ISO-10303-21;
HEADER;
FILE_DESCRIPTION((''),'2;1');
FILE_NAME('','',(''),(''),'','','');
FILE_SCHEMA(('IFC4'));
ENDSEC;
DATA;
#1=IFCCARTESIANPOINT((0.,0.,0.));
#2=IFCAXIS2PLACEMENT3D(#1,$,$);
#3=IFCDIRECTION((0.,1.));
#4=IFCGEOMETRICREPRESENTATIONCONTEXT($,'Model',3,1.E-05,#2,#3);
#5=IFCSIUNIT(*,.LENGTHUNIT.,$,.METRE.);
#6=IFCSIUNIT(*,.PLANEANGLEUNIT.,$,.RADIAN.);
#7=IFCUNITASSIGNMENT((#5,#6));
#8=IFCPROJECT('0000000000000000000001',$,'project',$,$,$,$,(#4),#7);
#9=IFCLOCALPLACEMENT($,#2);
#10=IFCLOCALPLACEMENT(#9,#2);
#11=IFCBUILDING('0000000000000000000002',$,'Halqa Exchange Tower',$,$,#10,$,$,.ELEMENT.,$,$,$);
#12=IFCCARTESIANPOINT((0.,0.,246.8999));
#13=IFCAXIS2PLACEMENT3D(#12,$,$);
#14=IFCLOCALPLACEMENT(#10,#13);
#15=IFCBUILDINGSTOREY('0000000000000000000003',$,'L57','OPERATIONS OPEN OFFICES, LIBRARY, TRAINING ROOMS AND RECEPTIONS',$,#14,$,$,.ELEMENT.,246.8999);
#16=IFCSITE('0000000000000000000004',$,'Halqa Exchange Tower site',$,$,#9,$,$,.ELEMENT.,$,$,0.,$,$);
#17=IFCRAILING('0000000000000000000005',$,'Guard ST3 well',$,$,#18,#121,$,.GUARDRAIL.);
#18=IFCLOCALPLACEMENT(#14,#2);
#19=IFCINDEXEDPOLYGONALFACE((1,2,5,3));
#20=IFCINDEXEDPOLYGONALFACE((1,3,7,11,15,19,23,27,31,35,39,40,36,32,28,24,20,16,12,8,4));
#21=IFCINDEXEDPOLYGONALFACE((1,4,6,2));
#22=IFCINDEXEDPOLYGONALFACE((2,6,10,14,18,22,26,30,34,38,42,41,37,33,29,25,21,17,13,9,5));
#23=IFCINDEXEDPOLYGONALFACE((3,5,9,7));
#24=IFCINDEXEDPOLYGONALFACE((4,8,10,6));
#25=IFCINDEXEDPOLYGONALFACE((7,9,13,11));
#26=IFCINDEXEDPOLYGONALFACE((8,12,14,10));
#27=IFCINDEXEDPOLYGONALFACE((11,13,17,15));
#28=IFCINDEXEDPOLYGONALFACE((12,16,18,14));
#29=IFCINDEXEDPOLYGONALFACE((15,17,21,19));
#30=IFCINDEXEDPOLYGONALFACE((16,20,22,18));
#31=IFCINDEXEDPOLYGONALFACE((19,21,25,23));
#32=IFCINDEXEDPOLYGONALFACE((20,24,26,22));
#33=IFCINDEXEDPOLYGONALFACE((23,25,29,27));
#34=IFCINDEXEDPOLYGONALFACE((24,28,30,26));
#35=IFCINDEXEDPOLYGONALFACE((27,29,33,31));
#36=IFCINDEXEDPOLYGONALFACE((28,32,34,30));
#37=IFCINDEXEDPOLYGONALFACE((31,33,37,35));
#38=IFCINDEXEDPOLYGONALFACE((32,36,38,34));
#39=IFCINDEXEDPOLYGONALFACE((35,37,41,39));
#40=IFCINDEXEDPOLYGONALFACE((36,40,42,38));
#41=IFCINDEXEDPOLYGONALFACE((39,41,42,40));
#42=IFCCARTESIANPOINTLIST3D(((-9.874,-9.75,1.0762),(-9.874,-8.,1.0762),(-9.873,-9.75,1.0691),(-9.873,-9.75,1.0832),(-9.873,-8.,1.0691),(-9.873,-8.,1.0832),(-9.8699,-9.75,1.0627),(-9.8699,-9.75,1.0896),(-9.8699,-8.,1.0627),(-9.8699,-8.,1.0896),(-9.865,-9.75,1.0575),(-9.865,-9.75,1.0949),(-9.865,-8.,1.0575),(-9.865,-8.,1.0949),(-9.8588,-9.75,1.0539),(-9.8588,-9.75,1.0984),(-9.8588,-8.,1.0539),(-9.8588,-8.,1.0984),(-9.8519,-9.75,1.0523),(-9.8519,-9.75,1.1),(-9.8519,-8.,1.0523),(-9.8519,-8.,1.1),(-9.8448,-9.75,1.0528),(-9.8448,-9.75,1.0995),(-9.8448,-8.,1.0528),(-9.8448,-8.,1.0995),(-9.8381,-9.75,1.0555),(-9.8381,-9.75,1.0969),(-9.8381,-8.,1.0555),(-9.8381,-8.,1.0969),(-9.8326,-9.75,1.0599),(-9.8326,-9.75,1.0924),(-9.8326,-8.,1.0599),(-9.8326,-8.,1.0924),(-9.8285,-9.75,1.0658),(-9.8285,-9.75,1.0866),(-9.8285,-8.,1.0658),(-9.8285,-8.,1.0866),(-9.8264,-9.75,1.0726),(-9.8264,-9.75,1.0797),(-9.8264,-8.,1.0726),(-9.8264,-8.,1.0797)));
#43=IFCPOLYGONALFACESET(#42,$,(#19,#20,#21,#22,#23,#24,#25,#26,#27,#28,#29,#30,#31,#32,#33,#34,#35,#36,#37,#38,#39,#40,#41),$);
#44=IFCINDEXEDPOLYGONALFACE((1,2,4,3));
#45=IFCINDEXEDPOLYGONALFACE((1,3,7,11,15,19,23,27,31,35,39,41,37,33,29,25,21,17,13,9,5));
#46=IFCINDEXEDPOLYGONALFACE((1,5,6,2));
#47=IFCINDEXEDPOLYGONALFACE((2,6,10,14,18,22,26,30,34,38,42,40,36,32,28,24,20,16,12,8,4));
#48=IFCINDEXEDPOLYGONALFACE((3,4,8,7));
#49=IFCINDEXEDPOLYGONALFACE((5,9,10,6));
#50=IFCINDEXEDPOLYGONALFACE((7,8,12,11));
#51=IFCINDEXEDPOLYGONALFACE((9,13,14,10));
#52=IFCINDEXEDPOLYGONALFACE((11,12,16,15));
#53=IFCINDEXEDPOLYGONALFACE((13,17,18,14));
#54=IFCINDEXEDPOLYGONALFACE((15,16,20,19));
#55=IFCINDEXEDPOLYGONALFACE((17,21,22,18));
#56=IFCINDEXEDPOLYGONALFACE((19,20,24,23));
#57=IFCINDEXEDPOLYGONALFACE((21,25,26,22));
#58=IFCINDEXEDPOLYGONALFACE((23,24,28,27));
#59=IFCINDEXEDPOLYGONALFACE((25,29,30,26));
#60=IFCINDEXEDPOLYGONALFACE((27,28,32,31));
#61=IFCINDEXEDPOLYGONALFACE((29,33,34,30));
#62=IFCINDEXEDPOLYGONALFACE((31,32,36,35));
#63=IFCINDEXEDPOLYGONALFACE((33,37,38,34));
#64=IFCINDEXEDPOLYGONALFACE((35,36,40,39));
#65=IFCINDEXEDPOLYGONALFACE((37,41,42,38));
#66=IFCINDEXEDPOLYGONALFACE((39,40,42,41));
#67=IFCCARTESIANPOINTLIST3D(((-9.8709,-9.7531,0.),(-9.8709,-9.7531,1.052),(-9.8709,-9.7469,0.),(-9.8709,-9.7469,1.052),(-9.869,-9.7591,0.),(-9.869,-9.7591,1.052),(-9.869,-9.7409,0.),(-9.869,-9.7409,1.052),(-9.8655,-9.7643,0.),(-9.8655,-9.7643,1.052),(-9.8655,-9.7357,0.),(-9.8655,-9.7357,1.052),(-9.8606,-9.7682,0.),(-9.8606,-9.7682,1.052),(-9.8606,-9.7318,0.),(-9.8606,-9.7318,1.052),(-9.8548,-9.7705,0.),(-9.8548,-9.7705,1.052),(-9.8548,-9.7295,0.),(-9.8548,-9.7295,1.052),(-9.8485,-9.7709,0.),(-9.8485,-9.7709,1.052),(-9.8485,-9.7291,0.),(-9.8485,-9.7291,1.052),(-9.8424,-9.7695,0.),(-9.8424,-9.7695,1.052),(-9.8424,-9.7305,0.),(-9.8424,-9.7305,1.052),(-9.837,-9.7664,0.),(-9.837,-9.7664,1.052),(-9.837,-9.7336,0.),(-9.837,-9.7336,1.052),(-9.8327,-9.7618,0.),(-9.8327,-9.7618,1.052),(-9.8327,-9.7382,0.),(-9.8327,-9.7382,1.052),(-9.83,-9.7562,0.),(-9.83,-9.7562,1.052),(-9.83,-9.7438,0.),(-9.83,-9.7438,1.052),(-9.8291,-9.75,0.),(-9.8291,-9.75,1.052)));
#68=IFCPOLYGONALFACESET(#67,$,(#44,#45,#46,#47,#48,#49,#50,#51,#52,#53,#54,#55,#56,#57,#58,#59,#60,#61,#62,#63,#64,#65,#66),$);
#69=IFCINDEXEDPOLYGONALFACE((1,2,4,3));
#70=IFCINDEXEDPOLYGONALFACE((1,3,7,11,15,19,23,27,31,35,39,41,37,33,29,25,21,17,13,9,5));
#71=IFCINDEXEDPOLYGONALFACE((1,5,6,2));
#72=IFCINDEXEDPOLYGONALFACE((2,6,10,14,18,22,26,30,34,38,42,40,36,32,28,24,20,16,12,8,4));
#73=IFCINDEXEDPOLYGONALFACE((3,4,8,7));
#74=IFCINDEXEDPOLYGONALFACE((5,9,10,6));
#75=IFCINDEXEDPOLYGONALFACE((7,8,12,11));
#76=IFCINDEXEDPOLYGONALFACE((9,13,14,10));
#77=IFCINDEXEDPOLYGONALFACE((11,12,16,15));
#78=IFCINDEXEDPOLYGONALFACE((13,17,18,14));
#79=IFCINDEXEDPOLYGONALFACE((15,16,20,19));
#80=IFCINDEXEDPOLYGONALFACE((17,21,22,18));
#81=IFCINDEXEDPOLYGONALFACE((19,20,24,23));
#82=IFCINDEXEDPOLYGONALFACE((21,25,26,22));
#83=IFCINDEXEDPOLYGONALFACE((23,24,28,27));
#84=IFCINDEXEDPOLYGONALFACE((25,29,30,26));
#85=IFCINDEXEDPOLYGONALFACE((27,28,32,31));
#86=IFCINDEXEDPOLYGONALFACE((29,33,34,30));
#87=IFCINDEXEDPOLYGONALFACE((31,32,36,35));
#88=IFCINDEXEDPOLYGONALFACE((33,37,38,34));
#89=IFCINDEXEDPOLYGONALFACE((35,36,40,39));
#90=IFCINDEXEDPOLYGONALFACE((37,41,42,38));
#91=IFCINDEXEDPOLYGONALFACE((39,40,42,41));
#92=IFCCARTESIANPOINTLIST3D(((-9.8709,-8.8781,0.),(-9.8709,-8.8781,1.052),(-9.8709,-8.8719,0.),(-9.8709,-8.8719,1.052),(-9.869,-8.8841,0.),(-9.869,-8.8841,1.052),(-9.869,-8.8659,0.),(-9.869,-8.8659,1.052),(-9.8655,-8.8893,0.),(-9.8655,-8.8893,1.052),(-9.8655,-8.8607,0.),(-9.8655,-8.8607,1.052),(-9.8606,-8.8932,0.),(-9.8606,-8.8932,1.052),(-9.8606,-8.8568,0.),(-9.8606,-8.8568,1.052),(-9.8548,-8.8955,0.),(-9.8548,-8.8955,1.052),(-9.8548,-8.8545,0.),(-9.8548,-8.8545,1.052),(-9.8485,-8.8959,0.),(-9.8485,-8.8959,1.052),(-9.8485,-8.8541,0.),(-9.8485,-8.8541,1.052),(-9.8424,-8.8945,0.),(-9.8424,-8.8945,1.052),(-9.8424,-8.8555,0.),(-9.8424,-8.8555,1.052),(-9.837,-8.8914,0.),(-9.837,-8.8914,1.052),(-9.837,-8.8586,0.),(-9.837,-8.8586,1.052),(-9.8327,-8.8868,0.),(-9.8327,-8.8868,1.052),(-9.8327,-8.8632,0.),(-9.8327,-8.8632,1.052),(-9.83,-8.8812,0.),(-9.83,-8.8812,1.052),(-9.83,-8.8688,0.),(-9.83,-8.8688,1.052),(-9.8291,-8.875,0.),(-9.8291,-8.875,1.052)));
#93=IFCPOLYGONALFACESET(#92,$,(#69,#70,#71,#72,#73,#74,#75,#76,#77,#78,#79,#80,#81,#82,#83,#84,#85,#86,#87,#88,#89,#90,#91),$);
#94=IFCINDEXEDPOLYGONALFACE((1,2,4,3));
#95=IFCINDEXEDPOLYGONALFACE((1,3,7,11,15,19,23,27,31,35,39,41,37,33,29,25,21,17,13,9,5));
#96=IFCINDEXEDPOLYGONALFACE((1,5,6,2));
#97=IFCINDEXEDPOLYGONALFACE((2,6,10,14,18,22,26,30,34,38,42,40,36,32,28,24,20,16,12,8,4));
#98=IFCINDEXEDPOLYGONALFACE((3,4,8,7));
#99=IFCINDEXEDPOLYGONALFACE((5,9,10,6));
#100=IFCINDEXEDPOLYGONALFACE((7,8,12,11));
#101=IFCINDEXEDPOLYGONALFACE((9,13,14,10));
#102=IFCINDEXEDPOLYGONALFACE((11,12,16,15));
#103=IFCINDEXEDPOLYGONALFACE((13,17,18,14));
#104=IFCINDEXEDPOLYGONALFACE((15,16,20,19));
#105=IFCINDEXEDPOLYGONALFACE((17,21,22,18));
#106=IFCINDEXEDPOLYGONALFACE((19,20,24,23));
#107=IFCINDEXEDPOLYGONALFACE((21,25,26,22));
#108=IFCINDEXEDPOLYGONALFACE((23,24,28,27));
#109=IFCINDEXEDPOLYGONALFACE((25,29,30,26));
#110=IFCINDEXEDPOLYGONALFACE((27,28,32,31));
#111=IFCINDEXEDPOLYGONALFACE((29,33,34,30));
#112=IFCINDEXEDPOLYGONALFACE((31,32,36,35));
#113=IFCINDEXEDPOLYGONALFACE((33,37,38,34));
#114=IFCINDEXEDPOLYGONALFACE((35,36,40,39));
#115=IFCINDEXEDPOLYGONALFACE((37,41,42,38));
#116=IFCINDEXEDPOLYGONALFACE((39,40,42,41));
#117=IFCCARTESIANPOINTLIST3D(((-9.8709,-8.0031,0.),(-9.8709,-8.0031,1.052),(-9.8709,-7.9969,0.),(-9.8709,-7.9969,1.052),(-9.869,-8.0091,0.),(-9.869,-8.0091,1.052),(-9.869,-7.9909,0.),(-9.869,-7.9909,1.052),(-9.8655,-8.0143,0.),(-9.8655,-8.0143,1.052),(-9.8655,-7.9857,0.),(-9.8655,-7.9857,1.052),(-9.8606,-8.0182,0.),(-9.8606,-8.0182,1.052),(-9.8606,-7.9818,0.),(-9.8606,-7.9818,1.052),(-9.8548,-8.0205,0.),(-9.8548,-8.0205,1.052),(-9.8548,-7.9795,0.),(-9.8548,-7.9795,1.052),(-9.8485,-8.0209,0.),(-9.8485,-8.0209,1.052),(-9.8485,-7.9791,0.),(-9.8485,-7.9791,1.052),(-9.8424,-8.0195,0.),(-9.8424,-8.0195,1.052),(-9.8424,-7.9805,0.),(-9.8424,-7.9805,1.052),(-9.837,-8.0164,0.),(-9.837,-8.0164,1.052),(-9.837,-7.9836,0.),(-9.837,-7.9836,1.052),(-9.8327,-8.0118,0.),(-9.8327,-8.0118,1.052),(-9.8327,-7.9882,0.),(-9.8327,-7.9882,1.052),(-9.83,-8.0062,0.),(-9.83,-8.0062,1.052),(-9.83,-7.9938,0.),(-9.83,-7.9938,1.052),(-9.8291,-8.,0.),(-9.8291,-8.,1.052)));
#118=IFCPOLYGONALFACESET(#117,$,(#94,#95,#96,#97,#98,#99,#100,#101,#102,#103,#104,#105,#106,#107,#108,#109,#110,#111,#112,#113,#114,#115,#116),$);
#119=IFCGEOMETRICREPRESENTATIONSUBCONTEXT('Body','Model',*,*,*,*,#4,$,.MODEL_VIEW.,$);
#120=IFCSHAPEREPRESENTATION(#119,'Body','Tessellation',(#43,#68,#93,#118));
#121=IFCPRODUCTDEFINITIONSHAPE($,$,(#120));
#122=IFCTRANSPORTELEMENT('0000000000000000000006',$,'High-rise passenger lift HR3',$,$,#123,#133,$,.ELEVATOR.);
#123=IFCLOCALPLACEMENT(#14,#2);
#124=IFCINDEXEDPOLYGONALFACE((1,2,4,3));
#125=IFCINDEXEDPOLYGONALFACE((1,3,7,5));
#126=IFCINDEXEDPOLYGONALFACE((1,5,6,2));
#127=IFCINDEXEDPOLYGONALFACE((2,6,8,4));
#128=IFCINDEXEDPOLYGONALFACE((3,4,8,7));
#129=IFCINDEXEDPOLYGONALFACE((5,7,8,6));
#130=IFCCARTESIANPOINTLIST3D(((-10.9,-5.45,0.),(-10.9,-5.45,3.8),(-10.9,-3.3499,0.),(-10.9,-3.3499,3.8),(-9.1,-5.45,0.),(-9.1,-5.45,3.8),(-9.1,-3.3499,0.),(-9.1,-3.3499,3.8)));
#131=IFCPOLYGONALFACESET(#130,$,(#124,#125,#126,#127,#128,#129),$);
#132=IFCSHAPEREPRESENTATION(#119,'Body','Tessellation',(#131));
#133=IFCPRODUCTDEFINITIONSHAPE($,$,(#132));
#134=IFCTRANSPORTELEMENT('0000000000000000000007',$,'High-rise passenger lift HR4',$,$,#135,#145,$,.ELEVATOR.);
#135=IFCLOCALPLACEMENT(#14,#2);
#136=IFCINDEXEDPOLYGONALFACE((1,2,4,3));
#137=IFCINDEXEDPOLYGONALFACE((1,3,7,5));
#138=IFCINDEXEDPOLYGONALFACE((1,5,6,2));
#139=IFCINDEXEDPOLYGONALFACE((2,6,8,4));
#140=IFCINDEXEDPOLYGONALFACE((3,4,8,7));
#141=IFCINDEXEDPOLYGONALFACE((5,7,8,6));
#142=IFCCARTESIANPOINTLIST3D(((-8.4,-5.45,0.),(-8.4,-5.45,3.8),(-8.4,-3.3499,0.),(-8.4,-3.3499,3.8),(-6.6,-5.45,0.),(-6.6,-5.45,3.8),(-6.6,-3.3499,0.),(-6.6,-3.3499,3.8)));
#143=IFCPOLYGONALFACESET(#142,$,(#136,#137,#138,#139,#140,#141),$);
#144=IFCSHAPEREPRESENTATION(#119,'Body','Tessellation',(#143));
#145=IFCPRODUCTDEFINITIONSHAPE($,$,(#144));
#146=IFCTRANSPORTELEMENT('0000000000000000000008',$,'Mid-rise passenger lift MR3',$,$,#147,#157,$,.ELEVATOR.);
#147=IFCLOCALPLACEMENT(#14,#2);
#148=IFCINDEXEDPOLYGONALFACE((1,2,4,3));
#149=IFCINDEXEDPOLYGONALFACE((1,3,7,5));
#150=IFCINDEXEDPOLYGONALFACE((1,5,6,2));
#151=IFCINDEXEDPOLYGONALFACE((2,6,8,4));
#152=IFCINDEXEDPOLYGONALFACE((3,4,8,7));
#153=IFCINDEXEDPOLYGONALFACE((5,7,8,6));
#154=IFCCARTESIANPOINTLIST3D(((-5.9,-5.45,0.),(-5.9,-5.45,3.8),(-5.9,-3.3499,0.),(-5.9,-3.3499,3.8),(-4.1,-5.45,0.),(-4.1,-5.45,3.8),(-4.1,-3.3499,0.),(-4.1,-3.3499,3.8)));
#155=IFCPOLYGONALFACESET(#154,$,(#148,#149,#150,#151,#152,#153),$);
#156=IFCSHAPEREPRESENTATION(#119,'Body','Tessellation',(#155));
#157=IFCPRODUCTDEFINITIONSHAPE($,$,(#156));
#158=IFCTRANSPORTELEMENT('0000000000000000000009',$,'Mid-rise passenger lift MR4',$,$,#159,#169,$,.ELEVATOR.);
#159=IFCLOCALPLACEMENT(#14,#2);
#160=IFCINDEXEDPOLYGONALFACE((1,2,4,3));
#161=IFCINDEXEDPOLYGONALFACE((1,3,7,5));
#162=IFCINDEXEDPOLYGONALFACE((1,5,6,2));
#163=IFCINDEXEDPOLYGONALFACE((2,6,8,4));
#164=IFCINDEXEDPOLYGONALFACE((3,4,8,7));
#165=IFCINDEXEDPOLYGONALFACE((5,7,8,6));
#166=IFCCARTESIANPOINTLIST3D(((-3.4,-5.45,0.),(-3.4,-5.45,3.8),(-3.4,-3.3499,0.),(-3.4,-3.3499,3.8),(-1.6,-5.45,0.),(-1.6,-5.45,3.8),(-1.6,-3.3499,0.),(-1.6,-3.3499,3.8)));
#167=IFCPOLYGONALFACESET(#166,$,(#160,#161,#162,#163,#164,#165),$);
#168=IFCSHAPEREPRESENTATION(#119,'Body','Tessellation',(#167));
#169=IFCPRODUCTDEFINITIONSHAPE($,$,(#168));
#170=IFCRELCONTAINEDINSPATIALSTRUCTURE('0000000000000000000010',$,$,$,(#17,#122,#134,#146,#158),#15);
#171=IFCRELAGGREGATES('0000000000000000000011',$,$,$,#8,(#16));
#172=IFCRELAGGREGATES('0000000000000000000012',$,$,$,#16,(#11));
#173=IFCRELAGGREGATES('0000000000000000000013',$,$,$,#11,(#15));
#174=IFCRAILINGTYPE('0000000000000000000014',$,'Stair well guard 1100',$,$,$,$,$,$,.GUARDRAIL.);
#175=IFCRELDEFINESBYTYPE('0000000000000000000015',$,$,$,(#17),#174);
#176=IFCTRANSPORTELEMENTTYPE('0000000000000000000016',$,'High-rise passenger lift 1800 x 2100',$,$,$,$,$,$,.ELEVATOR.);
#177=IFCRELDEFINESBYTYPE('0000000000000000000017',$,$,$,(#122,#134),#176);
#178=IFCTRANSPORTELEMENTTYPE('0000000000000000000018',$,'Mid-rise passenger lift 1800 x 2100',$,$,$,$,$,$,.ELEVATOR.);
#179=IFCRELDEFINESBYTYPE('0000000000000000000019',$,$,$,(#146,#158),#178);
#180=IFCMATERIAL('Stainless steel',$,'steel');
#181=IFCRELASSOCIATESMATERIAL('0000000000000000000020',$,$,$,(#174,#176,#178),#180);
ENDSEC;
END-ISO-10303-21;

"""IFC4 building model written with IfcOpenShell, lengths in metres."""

from ifc_helpers import new_model, si_unit, direction, frame, origin, origin_2d, place, context, subcontext, project, spatial, rectangle, circle, extrude, material, type_object, element, save


model = new_model("IFC4")

# Units and contexts
model_context = context("Model", 3, precision=1e-05, world=origin(), true_north=direction((0.0, 1.0)))
body_context = subcontext(model_context, "Body", "Model", "MODEL_VIEW")
ifc_project = project(units=[si_unit("LENGTHUNIT", "METRE"), si_unit("PLANEANGLEUNIT", "RADIAN")], contexts=[model_context])

# Site, building, storey
site_placement = place(None, origin())
site = spatial("IfcSite", under=ifc_project, at=site_placement, Name="Halqa Exchange Tower site", CompositionType="ELEMENT", RefElevation=0.0)
building_placement = place(site_placement, origin())
building = spatial("IfcBuilding", under=site, at=building_placement, Name="Halqa Exchange Tower", CompositionType="ELEMENT")
storey_placement = place(building_placement, frame((0.0, 0.0, 246.8999)))
storey = spatial("IfcBuildingStorey", under=building, at=storey_placement, Name="L57", Description="OPERATIONS OPEN OFFICES, LIBRARY, TRAINING ROOMS AND RECEPTIONS", CompositionType="ELEMENT", Elevation=246.8999)

# Shared definitions
ifc_material_1 = material(Name="Stainless steel", Category="steel")

# Railing
railing_type_1 = type_object("IfcRailingType", Name="Stair well guard 1100", PredefinedType="GUARDRAIL", material=ifc_material_1)
railing_1_placement = place(storey_placement, frame((-9.8501, -9.75, 0.0)))
element("IfcRailing", 1, at=railing_1_placement, inside=storey, type_object=railing_type_1, Name="Guard ST3 well", PredefinedType="GUARDRAIL", context=body_context, shape_type="SweptSolid", body=[
    extrude(circle(Radius=0.0239, at=origin_2d()), frame((0.0, 0.0, 1.0762), z_axis=(0.0, 1.0, 0.0), x_axis=(-1.0, 0.0, 0.0)), (0.0, 0.0, 1.0), 1.75),
    extrude(circle(Radius=0.021, at=origin_2d()), origin(), (0.0, 0.0, 1.0), 1.052),
    extrude(circle(Radius=0.021, at=origin_2d()), frame((0.0, 0.875, 0.0)), (0.0, 0.0, 1.0), 1.052),
    extrude(circle(Radius=0.021, at=origin_2d()), frame((0.0, 1.75, 0.0)), (0.0, 0.0, 1.0), 1.052),
])

# Transport elements
transport_element_type_1 = type_object("IfcTransportElementType", Name="High-rise passenger lift 1800 x 2100", PredefinedType="ELEVATOR", material=ifc_material_1)
for number, where, z_axis, x_axis, name in (
    (2, (-10.0, -4.3999, 0.0), (0.0, 0.0, 1.0), (1.0, 0.0, 0.0), "High-rise passenger lift HR3"),
    (3, (-7.5, -4.3999, 0.0), (0.0, 0.0, 1.0), (1.0, 0.0, 0.0), "High-rise passenger lift HR4"),
):
    element("IfcTransportElement", number, at=place(storey_placement, frame(where, z_axis=z_axis, x_axis=x_axis)), inside=storey, type_object=transport_element_type_1, Name=name, PredefinedType="ELEVATOR", context=body_context, shape_type="SweptSolid", body=[
        extrude(rectangle(XDim=1.8, YDim=2.1001, at=origin_2d()), origin(), (0.0, 0.0, 1.0), 3.8),
    ])
transport_element_type_2 = type_object("IfcTransportElementType", Name="Mid-rise passenger lift 1800 x 2100", PredefinedType="ELEVATOR", material=ifc_material_1)
for number, where, z_axis, x_axis, name in (
    (4, (-5.0, -4.3999, 0.0), (0.0, 0.0, 1.0), (1.0, 0.0, 0.0), "Mid-rise passenger lift MR3"),
    (5, (-2.5, -4.3999, 0.0), (0.0, 0.0, 1.0), (1.0, 0.0, 0.0), "Mid-rise passenger lift MR4"),
):
    element("IfcTransportElement", number, at=place(storey_placement, frame(where, z_axis=z_axis, x_axis=x_axis)), inside=storey, type_object=transport_element_type_2, Name=name, PredefinedType="ELEVATOR", context=body_context, shape_type="SweptSolid", body=[
        extrude(rectangle(XDim=1.8, YDim=2.1001, at=origin_2d()), origin(), (0.0, 0.0, 1.0), 3.8),
    ])

save(model, "model.ifc")
